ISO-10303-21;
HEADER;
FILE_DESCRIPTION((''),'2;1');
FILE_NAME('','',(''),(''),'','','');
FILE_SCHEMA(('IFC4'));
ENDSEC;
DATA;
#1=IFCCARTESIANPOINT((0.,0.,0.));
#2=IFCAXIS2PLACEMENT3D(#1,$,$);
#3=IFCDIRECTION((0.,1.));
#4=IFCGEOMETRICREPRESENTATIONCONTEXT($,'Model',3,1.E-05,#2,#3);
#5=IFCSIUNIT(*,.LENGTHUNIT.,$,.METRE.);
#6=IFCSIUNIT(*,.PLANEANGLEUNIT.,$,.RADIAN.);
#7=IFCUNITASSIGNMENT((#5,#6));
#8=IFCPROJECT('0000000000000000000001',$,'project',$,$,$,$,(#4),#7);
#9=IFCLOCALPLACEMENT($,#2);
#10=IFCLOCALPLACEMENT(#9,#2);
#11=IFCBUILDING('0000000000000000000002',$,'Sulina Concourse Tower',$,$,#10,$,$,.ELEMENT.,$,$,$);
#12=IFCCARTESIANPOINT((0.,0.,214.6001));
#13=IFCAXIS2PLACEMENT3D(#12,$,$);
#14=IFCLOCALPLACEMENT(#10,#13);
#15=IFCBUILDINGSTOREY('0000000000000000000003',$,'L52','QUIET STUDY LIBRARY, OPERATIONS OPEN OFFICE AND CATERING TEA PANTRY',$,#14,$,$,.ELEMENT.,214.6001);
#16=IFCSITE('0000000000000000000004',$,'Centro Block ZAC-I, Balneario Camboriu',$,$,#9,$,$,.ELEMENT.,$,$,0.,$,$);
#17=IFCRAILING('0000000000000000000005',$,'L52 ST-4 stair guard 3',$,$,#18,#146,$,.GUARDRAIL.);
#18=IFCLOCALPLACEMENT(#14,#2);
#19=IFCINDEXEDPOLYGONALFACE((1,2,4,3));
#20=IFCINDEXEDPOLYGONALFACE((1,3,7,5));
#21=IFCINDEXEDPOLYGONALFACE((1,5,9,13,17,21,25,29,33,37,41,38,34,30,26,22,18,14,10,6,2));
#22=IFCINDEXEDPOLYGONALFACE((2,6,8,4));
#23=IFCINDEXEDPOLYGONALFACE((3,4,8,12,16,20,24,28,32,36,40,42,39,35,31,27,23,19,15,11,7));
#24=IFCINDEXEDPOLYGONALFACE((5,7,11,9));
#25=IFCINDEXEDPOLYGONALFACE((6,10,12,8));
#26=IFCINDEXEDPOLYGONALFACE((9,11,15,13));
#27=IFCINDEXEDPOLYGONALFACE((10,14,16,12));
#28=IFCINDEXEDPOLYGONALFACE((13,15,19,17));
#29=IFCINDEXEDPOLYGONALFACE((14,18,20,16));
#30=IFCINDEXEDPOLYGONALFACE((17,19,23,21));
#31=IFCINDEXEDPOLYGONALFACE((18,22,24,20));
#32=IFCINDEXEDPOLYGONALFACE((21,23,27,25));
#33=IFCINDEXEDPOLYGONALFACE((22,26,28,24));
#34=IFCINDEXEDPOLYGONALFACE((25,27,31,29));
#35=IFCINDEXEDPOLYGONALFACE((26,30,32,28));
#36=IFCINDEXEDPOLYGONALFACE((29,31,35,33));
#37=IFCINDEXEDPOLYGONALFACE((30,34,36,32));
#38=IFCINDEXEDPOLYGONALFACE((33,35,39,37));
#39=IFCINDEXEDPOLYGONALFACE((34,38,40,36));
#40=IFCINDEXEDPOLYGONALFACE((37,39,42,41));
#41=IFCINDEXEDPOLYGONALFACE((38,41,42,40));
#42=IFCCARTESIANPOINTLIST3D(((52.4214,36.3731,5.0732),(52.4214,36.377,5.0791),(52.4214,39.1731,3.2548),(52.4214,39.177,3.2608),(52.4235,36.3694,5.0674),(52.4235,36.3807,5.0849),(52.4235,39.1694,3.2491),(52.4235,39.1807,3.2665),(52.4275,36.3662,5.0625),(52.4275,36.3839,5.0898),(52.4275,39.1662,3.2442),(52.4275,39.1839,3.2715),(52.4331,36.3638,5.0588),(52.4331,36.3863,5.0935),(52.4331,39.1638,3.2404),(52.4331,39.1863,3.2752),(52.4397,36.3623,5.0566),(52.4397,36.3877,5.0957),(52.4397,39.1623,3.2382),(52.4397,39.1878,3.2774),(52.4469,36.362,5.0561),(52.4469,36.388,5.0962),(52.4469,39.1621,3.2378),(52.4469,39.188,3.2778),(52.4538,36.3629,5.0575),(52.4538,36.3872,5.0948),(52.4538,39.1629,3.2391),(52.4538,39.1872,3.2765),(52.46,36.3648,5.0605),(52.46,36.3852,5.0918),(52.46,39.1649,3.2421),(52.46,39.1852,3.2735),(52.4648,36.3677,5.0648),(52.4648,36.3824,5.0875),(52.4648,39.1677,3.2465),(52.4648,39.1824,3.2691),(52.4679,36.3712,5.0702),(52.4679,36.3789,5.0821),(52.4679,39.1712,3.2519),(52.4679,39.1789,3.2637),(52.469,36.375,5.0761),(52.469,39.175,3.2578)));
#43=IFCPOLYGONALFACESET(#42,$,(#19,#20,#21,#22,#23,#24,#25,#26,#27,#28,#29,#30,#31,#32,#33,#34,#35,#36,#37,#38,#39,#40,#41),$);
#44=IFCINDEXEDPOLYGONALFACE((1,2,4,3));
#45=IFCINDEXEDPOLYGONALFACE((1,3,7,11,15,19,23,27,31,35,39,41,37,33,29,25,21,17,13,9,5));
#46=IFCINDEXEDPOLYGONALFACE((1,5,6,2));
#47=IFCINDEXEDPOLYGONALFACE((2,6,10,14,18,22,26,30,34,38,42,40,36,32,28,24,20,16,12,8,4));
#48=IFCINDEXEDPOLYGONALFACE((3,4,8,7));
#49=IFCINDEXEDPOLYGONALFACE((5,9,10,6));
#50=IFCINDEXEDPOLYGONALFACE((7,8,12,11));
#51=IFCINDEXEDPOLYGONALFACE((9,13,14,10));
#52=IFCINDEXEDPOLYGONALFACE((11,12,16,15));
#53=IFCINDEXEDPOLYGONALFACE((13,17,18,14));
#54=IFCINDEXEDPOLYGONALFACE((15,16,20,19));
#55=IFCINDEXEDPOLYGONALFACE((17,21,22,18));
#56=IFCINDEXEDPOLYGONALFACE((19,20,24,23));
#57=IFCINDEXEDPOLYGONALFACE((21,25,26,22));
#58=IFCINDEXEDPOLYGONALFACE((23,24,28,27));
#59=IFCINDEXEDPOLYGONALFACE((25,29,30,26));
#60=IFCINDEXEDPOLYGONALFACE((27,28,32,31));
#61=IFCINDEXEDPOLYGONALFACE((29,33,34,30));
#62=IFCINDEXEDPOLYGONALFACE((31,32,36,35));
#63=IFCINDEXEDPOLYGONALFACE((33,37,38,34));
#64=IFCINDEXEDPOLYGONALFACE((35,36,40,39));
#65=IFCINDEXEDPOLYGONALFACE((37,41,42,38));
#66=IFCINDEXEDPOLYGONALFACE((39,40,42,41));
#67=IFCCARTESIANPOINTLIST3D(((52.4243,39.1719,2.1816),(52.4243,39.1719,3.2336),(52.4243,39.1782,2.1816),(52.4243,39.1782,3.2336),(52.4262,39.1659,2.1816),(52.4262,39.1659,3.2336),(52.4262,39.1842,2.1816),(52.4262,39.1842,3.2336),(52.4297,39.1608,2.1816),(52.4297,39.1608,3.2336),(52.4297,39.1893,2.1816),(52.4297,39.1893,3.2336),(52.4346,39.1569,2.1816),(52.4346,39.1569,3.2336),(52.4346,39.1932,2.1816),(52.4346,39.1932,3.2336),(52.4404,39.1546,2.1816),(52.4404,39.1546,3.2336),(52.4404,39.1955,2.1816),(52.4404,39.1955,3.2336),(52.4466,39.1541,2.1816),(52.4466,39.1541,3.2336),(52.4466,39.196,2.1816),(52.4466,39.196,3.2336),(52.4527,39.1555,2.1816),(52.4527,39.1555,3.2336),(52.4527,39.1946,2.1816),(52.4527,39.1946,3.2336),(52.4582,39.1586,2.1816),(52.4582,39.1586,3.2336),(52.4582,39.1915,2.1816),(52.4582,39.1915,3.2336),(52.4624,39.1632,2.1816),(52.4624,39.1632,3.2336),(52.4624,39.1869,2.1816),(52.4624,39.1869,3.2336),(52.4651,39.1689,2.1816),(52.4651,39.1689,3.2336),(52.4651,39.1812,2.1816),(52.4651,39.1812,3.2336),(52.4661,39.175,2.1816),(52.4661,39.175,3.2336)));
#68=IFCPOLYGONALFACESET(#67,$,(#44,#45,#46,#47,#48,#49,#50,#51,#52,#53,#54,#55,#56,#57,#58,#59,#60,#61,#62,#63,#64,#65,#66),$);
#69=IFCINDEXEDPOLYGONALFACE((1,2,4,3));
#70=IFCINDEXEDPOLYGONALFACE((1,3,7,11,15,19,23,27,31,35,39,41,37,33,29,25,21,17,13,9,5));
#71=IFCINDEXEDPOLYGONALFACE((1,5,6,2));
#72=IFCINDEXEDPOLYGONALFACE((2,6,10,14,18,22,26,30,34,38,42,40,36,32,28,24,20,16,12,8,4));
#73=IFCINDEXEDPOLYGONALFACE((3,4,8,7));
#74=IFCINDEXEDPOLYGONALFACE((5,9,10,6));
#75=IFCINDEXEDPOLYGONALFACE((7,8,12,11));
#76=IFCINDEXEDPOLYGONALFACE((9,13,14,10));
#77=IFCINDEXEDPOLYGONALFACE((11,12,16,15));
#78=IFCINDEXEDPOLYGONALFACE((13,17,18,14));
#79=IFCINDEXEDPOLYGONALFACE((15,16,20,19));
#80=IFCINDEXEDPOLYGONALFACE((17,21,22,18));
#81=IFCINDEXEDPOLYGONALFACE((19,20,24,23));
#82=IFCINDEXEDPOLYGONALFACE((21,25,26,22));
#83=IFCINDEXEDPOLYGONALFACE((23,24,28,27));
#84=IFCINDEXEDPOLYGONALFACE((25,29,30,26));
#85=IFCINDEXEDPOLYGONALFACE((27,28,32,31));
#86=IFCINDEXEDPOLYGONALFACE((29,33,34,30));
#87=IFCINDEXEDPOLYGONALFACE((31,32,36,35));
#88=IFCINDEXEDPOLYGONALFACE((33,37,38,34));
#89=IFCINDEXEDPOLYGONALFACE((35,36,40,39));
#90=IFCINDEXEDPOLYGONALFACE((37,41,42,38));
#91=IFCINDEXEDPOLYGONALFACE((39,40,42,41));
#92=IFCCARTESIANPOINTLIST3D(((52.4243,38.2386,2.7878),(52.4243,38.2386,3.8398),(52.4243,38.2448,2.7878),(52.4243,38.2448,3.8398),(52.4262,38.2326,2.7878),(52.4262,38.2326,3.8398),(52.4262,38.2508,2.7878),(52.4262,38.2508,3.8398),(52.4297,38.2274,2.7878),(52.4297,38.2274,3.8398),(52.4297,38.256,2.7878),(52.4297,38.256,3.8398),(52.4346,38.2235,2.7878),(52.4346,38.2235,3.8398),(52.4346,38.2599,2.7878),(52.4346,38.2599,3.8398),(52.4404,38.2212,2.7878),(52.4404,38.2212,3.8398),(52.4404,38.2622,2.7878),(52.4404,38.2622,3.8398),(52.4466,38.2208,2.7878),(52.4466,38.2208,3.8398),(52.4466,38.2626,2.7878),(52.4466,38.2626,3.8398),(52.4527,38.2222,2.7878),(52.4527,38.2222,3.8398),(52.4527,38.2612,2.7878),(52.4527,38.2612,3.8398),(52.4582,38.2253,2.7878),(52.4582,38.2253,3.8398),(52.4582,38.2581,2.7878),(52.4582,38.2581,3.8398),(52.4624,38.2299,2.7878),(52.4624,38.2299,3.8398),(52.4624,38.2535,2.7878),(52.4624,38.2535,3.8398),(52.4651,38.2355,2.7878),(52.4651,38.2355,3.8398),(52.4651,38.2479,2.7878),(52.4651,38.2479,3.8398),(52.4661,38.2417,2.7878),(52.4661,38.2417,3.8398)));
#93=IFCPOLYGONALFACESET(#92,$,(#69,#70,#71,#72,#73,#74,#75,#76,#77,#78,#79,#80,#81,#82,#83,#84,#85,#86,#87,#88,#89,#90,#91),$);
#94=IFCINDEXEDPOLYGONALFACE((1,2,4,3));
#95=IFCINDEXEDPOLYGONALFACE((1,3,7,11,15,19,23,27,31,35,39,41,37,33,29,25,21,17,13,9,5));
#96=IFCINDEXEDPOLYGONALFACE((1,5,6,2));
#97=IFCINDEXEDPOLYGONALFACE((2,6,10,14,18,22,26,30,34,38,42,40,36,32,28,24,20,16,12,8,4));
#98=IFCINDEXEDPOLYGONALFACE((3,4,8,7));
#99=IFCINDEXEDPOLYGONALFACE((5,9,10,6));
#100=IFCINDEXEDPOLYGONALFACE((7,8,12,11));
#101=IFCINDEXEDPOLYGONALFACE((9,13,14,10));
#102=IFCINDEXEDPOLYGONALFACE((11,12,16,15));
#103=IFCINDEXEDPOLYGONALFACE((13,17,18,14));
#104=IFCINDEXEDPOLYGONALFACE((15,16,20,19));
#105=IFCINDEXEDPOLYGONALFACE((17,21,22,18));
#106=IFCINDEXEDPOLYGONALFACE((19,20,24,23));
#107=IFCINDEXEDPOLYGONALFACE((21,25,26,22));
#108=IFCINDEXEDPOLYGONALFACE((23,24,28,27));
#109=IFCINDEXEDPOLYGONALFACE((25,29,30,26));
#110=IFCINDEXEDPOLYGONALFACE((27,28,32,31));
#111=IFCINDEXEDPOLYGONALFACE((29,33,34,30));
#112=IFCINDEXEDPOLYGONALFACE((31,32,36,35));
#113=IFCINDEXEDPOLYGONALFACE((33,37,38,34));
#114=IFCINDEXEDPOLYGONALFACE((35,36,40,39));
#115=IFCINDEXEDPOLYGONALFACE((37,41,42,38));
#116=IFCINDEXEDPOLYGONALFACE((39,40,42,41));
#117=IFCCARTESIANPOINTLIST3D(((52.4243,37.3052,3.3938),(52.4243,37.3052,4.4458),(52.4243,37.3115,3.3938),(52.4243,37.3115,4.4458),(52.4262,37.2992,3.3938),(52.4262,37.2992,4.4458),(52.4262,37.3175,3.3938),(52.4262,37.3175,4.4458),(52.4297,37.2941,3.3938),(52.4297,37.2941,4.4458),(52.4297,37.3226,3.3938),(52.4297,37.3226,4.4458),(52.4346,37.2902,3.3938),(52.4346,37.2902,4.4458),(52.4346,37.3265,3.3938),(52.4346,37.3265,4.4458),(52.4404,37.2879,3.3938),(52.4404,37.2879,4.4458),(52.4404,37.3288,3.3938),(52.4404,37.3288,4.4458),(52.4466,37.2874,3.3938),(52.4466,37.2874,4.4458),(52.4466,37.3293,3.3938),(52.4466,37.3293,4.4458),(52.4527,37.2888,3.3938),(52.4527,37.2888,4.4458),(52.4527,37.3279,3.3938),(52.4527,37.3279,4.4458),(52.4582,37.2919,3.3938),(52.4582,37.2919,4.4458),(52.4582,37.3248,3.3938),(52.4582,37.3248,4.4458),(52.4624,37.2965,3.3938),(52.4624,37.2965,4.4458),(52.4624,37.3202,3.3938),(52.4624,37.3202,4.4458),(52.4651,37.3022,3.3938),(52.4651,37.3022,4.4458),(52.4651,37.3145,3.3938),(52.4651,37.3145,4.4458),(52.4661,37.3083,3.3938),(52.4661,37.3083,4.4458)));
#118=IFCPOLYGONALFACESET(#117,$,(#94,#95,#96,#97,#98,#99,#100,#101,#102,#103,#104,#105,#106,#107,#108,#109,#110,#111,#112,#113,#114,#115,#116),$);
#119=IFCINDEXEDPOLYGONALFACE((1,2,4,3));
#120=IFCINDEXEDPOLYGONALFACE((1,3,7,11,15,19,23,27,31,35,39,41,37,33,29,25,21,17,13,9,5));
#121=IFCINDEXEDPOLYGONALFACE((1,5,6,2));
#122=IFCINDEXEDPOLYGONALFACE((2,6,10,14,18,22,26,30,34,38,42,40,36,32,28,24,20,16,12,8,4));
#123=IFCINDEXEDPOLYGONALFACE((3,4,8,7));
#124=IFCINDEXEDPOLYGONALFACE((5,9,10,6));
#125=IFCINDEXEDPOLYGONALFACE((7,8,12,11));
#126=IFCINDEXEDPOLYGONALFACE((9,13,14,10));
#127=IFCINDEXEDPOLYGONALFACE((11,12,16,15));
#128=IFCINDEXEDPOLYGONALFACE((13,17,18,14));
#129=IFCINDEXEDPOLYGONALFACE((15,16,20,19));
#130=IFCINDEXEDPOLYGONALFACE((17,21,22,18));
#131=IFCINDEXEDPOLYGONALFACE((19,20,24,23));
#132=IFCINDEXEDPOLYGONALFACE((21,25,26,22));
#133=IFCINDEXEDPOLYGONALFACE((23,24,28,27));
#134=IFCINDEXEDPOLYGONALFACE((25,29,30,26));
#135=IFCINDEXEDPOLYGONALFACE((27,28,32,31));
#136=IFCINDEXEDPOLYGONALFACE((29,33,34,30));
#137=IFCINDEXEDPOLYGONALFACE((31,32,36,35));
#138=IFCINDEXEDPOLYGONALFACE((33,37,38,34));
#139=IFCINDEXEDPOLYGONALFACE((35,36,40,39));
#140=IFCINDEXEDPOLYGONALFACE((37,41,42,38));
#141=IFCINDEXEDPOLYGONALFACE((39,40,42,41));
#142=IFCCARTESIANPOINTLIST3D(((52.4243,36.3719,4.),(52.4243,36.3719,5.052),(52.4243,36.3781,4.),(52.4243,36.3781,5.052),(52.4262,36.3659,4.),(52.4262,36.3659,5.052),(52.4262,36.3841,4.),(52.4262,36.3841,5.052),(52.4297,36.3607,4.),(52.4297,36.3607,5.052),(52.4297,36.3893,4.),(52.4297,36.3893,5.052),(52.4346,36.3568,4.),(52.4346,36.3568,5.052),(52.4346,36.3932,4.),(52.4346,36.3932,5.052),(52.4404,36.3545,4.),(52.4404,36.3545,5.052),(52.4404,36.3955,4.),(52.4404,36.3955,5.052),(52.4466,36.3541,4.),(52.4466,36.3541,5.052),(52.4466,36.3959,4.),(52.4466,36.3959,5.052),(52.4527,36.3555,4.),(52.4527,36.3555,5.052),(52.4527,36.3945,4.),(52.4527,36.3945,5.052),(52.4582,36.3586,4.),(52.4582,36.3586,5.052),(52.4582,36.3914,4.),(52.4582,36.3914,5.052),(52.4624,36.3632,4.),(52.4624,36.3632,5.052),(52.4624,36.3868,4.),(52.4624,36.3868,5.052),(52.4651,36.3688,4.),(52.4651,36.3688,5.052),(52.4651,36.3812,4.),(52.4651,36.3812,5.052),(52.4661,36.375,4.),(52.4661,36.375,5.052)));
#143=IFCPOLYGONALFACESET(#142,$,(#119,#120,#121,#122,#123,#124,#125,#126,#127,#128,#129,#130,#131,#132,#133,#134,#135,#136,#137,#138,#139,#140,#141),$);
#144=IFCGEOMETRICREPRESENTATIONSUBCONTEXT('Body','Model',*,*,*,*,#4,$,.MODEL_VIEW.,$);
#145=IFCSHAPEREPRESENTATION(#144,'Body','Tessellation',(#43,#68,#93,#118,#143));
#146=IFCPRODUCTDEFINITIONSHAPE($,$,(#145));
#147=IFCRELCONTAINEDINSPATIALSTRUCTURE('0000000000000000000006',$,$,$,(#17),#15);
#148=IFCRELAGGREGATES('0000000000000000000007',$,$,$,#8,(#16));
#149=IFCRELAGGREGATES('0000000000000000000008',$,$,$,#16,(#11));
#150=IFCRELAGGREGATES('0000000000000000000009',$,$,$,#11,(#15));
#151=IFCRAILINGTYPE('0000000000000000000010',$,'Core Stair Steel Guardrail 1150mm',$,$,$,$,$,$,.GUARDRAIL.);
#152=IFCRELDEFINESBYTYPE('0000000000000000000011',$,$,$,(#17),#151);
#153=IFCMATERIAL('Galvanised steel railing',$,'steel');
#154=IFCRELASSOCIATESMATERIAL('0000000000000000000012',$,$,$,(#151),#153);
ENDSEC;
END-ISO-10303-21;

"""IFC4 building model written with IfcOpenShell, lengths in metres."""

from ifc_helpers import new_model, si_unit, direction, frame, origin, origin_2d, place, context, subcontext, project, spatial, circle, extrude, material, type_object, element, save


model = new_model("IFC4")

# Units and contexts
model_context = context("Model", 3, precision=1e-05, world=origin(), true_north=direction((0.0, 1.0)))
body_context = subcontext(model_context, "Body", "Model", "MODEL_VIEW")
ifc_project = project(units=[si_unit("LENGTHUNIT", "METRE"), si_unit("PLANEANGLEUNIT", "RADIAN")], contexts=[model_context])

# Site, building, storey
site_placement = place(None, origin())
site = spatial("IfcSite", under=ifc_project, at=site_placement, Name="Centro Block ZAC-I, Balneario Camboriu", CompositionType="ELEMENT", RefElevation=0.0)
building_placement = place(site_placement, origin())
building = spatial("IfcBuilding", under=site, at=building_placement, Name="Sulina Concourse Tower", CompositionType="ELEMENT")
storey_placement = place(building_placement, frame((0.0, 0.0, 214.6001)))
storey = spatial("IfcBuildingStorey", under=building, at=storey_placement, Name="L52", Description="QUIET STUDY LIBRARY, OPERATIONS OPEN OFFICE AND CATERING TEA PANTRY", CompositionType="ELEMENT", Elevation=214.6001)

# Railing
ifc_material_1 = material(Name="Galvanised steel railing", Category="steel")
railing_type_1 = type_object("IfcRailingType", Name="Core Stair Steel Guardrail 1150mm", PredefinedType="GUARDRAIL", material=ifc_material_1)
railing_1_placement = place(storey_placement, frame((52.4451, 39.175, 2.1816)))
element("IfcRailing", 1, at=railing_1_placement, inside=storey, type_object=railing_type_1, Name="L52 ST-4 stair guard 3", PredefinedType="GUARDRAIL", context=body_context, shape_type="SweptSolid", body=[
    extrude(circle(Radius=0.0239, at=origin_2d()), frame((0.0, 0.0, 1.0762), z_axis=(0.0, -0.838672, 0.544636), x_axis=(1.0, 0.0, 0.0)), (0.0, 0.0, 1.0), 3.3386),
    extrude(circle(Radius=0.021, at=origin_2d()), origin(), (0.0, 0.0, 1.0), 1.052),
    extrude(circle(Radius=0.021, at=origin_2d()), frame((0.0, -0.9333, 0.6062)), (0.0, 0.0, 1.0), 1.052),
    extrude(circle(Radius=0.021, at=origin_2d()), frame((0.0, -1.8667, 1.2122)), (0.0, 0.0, 1.0), 1.052),
    extrude(circle(Radius=0.021, at=origin_2d()), frame((0.0, -2.8, 1.8184)), (0.0, 0.0, 1.0), 1.052),
])

save(model, "model.ifc")
